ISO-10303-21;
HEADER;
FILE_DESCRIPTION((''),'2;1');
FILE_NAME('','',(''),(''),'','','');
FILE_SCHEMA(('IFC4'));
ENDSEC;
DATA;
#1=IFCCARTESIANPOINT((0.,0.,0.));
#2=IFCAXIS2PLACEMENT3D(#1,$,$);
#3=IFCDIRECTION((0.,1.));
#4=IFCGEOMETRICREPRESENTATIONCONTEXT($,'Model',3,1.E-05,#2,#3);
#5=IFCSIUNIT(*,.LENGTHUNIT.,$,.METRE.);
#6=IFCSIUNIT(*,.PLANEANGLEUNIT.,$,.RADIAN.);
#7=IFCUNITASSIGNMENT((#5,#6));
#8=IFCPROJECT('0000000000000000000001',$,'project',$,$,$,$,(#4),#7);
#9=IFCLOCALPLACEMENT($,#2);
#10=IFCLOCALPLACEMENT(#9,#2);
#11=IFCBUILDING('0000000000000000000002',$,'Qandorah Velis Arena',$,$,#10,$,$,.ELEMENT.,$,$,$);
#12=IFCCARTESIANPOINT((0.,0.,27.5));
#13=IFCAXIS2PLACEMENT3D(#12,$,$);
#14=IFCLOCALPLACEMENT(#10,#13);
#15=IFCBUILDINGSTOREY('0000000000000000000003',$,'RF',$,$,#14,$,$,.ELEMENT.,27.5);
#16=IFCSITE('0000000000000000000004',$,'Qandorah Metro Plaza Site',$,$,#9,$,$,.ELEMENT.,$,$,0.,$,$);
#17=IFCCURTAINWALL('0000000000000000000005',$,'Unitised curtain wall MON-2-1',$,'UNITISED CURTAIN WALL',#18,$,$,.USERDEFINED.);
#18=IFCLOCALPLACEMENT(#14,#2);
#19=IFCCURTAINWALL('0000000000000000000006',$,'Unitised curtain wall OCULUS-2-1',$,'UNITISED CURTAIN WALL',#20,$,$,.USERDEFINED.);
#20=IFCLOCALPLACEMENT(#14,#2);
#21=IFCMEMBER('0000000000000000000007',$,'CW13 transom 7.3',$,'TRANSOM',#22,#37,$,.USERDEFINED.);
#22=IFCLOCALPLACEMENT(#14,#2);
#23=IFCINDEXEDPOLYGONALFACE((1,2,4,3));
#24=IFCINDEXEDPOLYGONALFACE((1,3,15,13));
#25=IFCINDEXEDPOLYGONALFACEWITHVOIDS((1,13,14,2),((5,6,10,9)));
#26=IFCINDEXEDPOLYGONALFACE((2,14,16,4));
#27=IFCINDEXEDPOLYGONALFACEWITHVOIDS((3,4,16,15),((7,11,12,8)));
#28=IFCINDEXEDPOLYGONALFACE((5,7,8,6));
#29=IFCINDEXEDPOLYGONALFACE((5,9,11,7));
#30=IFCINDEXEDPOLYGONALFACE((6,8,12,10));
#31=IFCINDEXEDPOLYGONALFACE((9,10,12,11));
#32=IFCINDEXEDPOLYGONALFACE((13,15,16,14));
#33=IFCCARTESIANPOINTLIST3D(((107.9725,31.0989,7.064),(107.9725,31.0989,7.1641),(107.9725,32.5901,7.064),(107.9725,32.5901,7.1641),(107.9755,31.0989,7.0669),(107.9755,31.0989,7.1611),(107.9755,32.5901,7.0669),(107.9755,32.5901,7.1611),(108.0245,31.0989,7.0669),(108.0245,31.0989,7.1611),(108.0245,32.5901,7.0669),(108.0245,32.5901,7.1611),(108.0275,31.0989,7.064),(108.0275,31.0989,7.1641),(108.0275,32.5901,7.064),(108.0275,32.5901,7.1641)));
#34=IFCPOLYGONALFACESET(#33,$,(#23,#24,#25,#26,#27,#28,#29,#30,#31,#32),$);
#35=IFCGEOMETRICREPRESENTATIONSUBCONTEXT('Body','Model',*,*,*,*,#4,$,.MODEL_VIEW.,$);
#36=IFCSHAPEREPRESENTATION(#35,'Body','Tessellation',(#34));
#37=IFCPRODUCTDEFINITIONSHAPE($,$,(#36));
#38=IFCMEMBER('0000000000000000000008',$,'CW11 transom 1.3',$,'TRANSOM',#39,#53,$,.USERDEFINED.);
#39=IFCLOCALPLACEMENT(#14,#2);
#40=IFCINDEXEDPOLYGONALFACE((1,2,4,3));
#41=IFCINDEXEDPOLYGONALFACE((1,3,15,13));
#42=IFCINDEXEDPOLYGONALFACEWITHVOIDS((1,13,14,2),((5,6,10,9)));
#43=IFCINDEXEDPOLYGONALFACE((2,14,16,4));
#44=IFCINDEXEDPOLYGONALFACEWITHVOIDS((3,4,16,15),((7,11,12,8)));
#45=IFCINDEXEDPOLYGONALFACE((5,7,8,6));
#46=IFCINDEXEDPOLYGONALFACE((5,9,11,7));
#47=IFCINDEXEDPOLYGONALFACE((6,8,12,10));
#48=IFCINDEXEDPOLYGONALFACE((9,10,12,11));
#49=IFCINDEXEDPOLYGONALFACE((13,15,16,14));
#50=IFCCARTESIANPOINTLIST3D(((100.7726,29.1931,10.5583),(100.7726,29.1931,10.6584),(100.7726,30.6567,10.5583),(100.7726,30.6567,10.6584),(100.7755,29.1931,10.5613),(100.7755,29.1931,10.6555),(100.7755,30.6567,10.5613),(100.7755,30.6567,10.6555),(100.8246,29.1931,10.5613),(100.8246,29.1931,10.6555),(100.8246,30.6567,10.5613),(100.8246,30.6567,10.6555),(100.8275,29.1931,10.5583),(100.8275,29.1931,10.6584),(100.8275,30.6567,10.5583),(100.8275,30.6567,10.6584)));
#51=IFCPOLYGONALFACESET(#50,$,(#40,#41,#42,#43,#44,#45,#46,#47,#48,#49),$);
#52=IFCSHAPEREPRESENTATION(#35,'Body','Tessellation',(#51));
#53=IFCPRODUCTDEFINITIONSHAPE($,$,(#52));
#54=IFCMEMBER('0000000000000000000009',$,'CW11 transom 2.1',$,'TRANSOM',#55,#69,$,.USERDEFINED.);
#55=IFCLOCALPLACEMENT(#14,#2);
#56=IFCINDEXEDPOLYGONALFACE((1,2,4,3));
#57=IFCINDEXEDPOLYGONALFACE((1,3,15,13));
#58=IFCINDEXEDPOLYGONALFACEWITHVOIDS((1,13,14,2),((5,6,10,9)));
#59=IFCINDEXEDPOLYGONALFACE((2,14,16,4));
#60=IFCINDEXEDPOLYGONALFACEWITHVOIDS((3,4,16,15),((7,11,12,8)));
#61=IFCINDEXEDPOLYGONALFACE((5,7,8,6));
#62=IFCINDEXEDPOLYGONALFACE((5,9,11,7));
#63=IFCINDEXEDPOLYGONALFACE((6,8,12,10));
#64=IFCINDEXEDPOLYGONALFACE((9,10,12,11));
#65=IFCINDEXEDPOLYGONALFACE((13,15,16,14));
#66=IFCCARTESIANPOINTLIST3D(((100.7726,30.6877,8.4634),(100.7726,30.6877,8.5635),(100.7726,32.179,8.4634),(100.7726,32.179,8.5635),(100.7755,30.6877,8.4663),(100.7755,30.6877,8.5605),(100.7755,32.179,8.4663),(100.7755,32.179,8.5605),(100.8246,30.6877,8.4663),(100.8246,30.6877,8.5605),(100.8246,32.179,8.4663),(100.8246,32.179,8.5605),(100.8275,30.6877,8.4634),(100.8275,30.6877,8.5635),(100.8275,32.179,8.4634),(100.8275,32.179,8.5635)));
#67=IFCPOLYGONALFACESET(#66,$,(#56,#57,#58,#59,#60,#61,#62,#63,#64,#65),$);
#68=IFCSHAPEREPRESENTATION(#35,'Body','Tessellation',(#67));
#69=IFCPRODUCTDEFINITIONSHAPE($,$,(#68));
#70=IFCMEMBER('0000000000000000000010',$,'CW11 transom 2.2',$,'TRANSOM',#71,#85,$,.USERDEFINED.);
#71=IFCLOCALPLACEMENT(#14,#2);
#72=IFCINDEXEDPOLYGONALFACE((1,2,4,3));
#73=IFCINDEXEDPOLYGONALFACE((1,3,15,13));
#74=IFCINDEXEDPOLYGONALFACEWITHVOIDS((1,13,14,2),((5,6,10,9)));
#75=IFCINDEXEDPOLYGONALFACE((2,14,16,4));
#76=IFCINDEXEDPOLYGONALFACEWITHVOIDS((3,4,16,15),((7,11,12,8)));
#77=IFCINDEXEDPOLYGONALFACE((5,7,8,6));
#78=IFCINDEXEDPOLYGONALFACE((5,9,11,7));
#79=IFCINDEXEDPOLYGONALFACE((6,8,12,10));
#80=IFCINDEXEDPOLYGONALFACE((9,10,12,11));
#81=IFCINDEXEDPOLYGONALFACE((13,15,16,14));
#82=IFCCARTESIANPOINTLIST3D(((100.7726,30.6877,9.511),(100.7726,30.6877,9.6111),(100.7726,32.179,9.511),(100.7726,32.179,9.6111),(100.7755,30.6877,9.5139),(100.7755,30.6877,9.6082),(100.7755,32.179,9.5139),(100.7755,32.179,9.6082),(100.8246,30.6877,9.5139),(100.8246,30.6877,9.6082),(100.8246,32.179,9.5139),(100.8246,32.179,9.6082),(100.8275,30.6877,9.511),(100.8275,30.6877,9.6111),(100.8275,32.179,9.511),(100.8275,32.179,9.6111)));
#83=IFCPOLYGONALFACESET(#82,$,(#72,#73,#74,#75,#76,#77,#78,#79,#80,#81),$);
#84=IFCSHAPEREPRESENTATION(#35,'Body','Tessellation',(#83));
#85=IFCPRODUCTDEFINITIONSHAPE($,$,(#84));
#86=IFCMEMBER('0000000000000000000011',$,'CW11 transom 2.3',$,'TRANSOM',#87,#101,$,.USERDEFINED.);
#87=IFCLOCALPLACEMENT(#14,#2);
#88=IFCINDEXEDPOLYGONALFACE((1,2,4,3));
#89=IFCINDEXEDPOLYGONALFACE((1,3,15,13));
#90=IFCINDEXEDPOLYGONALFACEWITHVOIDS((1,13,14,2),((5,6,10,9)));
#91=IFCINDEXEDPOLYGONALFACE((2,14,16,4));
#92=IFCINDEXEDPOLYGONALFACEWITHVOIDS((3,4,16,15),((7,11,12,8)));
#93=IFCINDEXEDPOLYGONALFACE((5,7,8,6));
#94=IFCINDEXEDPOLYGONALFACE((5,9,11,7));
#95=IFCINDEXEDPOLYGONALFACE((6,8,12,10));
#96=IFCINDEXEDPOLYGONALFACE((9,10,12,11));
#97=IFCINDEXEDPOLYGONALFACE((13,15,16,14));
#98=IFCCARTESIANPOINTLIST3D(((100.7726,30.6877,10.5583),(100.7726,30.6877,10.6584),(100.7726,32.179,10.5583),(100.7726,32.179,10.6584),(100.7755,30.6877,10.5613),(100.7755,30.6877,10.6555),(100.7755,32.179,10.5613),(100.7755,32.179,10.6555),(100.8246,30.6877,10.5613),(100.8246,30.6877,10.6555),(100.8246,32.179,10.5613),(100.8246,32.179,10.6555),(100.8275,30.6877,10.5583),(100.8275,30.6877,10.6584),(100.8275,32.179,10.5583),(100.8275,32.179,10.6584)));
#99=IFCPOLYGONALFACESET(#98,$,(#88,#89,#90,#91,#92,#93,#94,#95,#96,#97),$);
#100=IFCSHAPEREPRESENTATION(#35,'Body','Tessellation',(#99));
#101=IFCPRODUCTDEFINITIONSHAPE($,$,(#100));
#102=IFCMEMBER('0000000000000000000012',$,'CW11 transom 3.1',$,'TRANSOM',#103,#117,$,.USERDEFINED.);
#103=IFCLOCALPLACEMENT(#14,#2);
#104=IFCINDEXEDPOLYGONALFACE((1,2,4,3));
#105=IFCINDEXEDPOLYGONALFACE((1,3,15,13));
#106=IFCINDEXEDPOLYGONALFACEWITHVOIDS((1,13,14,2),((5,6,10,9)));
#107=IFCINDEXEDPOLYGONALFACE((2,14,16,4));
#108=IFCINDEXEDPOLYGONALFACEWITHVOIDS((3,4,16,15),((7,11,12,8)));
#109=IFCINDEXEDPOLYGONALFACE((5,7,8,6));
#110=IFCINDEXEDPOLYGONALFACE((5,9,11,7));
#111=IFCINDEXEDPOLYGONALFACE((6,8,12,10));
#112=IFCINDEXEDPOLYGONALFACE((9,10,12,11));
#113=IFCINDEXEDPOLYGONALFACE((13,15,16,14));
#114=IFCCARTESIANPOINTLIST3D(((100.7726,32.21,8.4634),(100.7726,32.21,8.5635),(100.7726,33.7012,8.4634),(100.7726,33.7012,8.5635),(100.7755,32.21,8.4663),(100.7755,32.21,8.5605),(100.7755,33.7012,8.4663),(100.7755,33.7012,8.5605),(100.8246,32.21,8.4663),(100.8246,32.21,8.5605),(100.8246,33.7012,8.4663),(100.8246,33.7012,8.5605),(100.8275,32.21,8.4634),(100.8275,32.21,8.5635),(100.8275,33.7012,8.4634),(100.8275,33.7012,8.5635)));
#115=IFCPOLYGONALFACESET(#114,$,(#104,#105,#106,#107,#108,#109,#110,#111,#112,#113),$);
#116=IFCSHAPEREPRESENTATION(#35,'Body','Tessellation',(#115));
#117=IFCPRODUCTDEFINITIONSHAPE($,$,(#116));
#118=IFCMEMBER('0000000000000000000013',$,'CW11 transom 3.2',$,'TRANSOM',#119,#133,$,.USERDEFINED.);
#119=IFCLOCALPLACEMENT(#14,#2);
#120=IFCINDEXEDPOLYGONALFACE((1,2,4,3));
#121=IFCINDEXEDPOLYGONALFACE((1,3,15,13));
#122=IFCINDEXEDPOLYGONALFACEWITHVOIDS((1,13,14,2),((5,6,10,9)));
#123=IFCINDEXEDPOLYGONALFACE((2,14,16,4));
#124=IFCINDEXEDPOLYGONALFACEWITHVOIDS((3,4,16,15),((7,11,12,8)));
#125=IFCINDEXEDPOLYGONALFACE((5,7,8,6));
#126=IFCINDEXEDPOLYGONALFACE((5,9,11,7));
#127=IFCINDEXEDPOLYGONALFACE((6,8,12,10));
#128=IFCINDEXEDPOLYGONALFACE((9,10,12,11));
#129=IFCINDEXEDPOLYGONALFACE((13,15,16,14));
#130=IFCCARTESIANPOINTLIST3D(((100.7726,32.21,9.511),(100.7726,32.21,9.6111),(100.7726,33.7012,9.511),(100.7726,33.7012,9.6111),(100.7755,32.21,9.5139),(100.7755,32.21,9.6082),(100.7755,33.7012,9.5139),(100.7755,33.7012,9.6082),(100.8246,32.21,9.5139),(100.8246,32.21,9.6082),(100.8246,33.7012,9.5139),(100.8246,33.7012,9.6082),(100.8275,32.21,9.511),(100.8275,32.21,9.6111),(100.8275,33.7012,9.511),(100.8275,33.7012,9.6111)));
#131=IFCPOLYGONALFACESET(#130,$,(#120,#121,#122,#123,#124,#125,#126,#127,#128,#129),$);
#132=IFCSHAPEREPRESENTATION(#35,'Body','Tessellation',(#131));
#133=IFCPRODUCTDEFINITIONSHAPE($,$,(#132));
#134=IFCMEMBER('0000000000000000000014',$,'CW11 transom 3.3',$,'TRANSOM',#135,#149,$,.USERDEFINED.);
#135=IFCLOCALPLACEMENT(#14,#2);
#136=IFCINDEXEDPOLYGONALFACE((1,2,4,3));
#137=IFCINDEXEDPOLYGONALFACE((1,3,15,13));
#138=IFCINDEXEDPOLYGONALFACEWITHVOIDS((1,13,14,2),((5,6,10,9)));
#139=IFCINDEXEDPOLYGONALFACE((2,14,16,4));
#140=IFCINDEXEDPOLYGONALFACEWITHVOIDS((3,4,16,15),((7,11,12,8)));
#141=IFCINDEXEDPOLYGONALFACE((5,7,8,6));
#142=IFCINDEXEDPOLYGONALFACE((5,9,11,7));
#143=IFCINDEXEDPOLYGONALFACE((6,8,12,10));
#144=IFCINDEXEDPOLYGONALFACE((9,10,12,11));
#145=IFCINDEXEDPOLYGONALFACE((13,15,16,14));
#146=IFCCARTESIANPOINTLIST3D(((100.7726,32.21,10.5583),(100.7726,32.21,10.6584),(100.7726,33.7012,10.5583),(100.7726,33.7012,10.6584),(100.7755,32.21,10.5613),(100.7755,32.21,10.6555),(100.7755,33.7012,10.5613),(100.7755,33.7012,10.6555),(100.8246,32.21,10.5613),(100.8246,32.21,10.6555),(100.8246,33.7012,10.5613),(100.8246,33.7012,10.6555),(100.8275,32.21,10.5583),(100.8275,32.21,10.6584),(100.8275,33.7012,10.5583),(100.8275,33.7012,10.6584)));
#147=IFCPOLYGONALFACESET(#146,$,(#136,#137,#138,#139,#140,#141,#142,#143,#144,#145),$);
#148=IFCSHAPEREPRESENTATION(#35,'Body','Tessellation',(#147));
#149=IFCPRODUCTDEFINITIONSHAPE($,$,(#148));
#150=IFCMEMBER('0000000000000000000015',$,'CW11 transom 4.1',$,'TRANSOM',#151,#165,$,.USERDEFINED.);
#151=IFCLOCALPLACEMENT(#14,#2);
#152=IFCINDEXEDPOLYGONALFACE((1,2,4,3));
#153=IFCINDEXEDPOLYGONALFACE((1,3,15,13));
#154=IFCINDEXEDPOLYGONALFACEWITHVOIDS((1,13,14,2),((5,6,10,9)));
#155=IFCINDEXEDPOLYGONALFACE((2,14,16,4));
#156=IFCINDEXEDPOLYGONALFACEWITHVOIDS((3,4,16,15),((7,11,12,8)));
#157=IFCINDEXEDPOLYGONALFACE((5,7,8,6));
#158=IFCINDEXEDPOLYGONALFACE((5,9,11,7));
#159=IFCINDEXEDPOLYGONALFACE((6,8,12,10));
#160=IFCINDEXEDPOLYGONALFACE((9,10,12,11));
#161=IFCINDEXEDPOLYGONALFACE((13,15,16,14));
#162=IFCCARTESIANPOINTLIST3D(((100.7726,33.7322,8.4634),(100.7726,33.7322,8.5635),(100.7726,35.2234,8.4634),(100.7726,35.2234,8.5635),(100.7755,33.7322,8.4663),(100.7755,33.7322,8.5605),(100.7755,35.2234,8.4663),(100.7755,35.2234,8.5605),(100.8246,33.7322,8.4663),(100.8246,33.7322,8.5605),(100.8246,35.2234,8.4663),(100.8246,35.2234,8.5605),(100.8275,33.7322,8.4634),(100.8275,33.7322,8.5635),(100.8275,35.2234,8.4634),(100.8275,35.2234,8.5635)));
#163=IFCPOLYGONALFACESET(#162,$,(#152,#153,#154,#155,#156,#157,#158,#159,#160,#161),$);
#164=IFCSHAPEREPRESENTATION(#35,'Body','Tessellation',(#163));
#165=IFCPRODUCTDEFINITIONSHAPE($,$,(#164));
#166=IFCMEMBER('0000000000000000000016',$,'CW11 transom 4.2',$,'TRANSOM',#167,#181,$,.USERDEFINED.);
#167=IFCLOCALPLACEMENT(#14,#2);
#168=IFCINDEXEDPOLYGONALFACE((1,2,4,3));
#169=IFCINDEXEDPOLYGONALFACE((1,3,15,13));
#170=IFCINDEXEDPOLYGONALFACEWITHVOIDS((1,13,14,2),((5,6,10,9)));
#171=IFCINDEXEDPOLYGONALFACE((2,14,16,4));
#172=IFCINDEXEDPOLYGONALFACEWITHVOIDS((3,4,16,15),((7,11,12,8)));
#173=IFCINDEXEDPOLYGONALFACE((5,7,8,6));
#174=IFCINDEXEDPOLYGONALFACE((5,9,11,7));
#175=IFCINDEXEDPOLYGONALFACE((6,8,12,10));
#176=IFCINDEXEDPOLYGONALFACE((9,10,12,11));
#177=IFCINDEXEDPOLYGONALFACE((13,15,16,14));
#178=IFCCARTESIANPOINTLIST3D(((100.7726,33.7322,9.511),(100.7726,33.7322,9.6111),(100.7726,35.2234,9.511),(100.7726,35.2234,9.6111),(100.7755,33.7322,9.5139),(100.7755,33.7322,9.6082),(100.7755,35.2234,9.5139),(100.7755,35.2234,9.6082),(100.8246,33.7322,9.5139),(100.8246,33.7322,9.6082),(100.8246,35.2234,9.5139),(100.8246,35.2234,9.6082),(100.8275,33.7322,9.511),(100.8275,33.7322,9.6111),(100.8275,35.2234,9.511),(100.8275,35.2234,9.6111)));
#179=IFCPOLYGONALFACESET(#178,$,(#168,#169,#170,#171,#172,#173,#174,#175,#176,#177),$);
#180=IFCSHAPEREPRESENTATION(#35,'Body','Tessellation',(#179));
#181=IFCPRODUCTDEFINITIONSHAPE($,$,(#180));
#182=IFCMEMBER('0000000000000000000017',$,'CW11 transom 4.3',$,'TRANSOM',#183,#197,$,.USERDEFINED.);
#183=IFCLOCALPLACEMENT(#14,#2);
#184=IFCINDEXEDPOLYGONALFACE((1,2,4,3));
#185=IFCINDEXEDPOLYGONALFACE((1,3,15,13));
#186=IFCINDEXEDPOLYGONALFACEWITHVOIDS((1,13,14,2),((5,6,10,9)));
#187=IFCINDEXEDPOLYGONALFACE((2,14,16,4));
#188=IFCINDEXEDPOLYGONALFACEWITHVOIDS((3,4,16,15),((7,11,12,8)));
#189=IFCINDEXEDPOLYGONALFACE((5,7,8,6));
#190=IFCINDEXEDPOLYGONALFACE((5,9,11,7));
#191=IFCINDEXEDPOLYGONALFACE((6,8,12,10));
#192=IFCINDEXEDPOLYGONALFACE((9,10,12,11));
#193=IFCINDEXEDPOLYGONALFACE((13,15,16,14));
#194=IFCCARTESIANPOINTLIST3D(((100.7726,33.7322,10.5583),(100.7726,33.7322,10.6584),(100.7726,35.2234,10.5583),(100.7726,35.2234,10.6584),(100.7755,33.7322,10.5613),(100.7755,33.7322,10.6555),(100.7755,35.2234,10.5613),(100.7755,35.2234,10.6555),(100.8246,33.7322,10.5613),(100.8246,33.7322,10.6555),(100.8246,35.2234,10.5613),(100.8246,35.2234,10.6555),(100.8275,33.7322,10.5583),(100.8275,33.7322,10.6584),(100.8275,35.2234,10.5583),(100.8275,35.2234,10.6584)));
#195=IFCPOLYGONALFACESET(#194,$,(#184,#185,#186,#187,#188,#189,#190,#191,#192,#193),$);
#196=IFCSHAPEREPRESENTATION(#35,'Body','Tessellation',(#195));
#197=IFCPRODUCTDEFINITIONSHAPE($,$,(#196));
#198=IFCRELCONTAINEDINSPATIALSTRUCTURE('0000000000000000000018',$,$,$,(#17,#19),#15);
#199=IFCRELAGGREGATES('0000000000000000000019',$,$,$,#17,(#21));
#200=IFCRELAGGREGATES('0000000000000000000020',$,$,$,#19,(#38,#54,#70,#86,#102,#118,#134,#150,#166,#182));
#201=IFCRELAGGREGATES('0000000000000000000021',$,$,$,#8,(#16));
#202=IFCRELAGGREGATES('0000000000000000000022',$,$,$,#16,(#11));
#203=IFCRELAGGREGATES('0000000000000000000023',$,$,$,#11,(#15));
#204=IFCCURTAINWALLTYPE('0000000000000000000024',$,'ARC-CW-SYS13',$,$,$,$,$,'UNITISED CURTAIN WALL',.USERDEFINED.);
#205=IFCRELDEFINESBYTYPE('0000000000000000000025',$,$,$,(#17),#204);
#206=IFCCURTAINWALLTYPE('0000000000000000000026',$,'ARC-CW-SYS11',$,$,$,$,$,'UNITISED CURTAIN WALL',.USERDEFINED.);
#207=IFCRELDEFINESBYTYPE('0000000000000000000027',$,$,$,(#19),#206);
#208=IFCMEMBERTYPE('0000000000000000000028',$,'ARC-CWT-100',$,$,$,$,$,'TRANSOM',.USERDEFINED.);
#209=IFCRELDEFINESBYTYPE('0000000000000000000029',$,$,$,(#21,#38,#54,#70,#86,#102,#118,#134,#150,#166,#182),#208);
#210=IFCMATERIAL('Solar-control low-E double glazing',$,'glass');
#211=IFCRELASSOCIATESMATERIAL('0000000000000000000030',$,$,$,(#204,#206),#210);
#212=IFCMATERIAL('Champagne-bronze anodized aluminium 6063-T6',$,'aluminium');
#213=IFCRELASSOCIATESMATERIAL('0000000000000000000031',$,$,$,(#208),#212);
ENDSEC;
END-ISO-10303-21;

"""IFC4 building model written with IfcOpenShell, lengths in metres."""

from ifc_helpers import new_model, si_unit, direction, frame, origin, origin_2d, place, context, subcontext, project, spatial, hollow_rectangle, extrude, material, material_profile, profile_set, type_object, element, aggregate, save


model = new_model("IFC4")

# Units and contexts
model_context = context("Model", 3, precision=1e-05, world=origin(), true_north=direction((0.0, 1.0)))
body_context = subcontext(model_context, "Body", "Model", "MODEL_VIEW")
ifc_project = project(units=[si_unit("LENGTHUNIT", "METRE"), si_unit("PLANEANGLEUNIT", "RADIAN")], contexts=[model_context])

# Site, building, storey
site_placement = place(None, origin())
site = spatial("IfcSite", under=ifc_project, at=site_placement, Name="Qandorah Metro Plaza Site", CompositionType="ELEMENT", RefElevation=0.0)
building_placement = place(site_placement, origin())
building = spatial("IfcBuilding", under=site, at=building_placement, Name="Qandorah Velis Arena", CompositionType="ELEMENT")
storey_placement = place(building_placement, frame((0.0, 0.0, 27.5)))
storey = spatial("IfcBuildingStorey", under=building, at=storey_placement, Name="RF", CompositionType="ELEMENT", Elevation=27.5)

# Curtain walls
ifc_material_1 = material(Name="Solar-control low-E double glazing", Category="glass")
curtain_wall_type_1 = type_object("IfcCurtainWallType", Name="ARC-CW-SYS13", ElementType="UNITISED CURTAIN WALL", PredefinedType="USERDEFINED", material=ifc_material_1)
curtain_wall_1_placement = place(storey_placement, origin())
curtain_wall_1 = element("IfcCurtainWall", 1, at=curtain_wall_1_placement, inside=storey, type_object=curtain_wall_type_1, Name="Unitised curtain wall MON-2-1", ObjectType="UNITISED CURTAIN WALL", PredefinedType="USERDEFINED")
ifc_material_2 = material(Name="Champagne-bronze anodized aluminium 6063-T6", Category="aluminium")
curtain_wall_type_2 = type_object("IfcCurtainWallType", Name="ARC-CW-SYS11", ElementType="UNITISED CURTAIN WALL", PredefinedType="USERDEFINED", material=ifc_material_1)
curtain_wall_2_placement = place(storey_placement, origin())
curtain_wall_2 = element("IfcCurtainWall", 2, at=curtain_wall_2_placement, inside=storey, type_object=curtain_wall_type_2, Name="Unitised curtain wall OCULUS-2-1", ObjectType="UNITISED CURTAIN WALL", PredefinedType="USERDEFINED")

# Members
ifc_material_profile_1 = material_profile(ifc_material_2, hollow_rectangle(XDim=0.0549, YDim=0.1001, WallThickness=0.0029, at=origin_2d()), Name="ALU TRANSOM 55x100")
ifc_profile_set_1 = profile_set([ifc_material_profile_1], Name="Champagne-bronze anodized aluminium 6063-T6")
member_type_1 = type_object("IfcMemberType", Name="ARC-CWT-100", ElementType="TRANSOM", PredefinedType="USERDEFINED", material=ifc_profile_set_1)
member_1_placement = place(storey_placement, frame((108.0, 31.0989, 7.114), z_axis=(0.0, 1.0, 0.0), x_axis=(-1.0, 0.0, 0.0)))
member_1 = element("IfcMember", 3, at=member_1_placement, type_object=member_type_1, Name="CW13 transom 7.3", ObjectType="TRANSOM", PredefinedType="USERDEFINED", context=body_context, shape_type="SweptSolid", body=[
    extrude(hollow_rectangle(XDim=0.0549, YDim=0.1001, WallThickness=0.0029, at=origin_2d()), origin(), (0.0, 0.0, 1.0), 1.4912),
])
member_2_placement = place(storey_placement, frame((100.8, 29.1931, 10.6084), z_axis=(0.0, 1.0, 0.0), x_axis=(-1.0, 0.0, 0.0)))
member_2 = element("IfcMember", 4, at=member_2_placement, type_object=member_type_1, Name="CW11 transom 1.3", ObjectType="TRANSOM", PredefinedType="USERDEFINED", context=body_context, shape_type="SweptSolid", body=[
    extrude(hollow_rectangle(XDim=0.0549, YDim=0.1001, WallThickness=0.0029, at=origin_2d()), origin(), (0.0, 0.0, 1.0), 1.4636),
])
member_3_placement = place(storey_placement, frame((100.8, 30.6877, 8.5134), z_axis=(0.0, 1.0, 0.0), x_axis=(-1.0, 0.0, 0.0)))
member_3 = element("IfcMember", 5, at=member_3_placement, type_object=member_type_1, Name="CW11 transom 2.1", ObjectType="TRANSOM", PredefinedType="USERDEFINED", context=body_context, shape_type="SweptSolid", body=[
    extrude(hollow_rectangle(XDim=0.0549, YDim=0.1001, WallThickness=0.0029, at=origin_2d()), origin(), (0.0, 0.0, 1.0), 1.4912),
])
member_4_placement = place(storey_placement, frame((100.8, 30.6877, 9.561), z_axis=(0.0, 1.0, 0.0), x_axis=(-1.0, 0.0, 0.0)))
member_4 = element("IfcMember", 6, at=member_4_placement, type_object=member_type_1, Name="CW11 transom 2.2", ObjectType="TRANSOM", PredefinedType="USERDEFINED", context=body_context, shape_type="SweptSolid", body=[
    extrude(hollow_rectangle(XDim=0.0549, YDim=0.1001, WallThickness=0.0029, at=origin_2d()), origin(), (0.0, 0.0, 1.0), 1.4912),
])
member_5_placement = place(storey_placement, frame((100.8, 30.6877, 10.6084), z_axis=(0.0, 1.0, 0.0), x_axis=(-1.0, 0.0, 0.0)))
member_5 = element("IfcMember", 7, at=member_5_placement, type_object=member_type_1, Name="CW11 transom 2.3", ObjectType="TRANSOM", PredefinedType="USERDEFINED", context=body_context, shape_type="SweptSolid", body=[
    extrude(hollow_rectangle(XDim=0.0549, YDim=0.1001, WallThickness=0.0029, at=origin_2d()), origin(), (0.0, 0.0, 1.0), 1.4912),
])
member_6_placement = place(storey_placement, frame((100.8, 32.21, 8.5134), z_axis=(0.0, 1.0, 0.0), x_axis=(-1.0, 0.0, 0.0)))
member_6 = element("IfcMember", 8, at=member_6_placement, type_object=member_type_1, Name="CW11 transom 3.1", ObjectType="TRANSOM", PredefinedType="USERDEFINED", context=body_context, shape_type="SweptSolid", body=[
    extrude(hollow_rectangle(XDim=0.0549, YDim=0.1001, WallThickness=0.0029, at=origin_2d()), origin(), (0.0, 0.0, 1.0), 1.4912),
])
member_7_placement = place(storey_placement, frame((100.8, 32.21, 9.561), z_axis=(0.0, 1.0, 0.0), x_axis=(-1.0, 0.0, 0.0)))
member_7 = element("IfcMember", 9, at=member_7_placement, type_object=member_type_1, Name="CW11 transom 3.2", ObjectType="TRANSOM", PredefinedType="USERDEFINED", context=body_context, shape_type="SweptSolid", body=[
    extrude(hollow_rectangle(XDim=0.0549, YDim=0.1001, WallThickness=0.0029, at=origin_2d()), origin(), (0.0, 0.0, 1.0), 1.4912),
])
member_8_placement = place(storey_placement, frame((100.8, 32.21, 10.6084), z_axis=(0.0, 1.0, 0.0), x_axis=(-1.0, 0.0, 0.0)))
member_8 = element("IfcMember", 10, at=member_8_placement, type_object=member_type_1, Name="CW11 transom 3.3", ObjectType="TRANSOM", PredefinedType="USERDEFINED", context=body_context, shape_type="SweptSolid", body=[
    extrude(hollow_rectangle(XDim=0.0549, YDim=0.1001, WallThickness=0.0029, at=origin_2d()), origin(), (0.0, 0.0, 1.0), 1.4912),
])
member_9_placement = place(storey_placement, frame((100.8, 33.7322, 8.5134), z_axis=(0.0, 1.0, 0.0), x_axis=(-1.0, 0.0, 0.0)))
member_9 = element("IfcMember", 11, at=member_9_placement, type_object=member_type_1, Name="CW11 transom 4.1", ObjectType="TRANSOM", PredefinedType="USERDEFINED", context=body_context, shape_type="SweptSolid", body=[
    extrude(hollow_rectangle(XDim=0.0549, YDim=0.1001, WallThickness=0.0029, at=origin_2d()), origin(), (0.0, 0.0, 1.0), 1.4912),
])
member_10_placement = place(storey_placement, frame((100.8, 33.7322, 9.561), z_axis=(0.0, 1.0, 0.0), x_axis=(-1.0, 0.0, 0.0)))
member_10 = element("IfcMember", 12, at=member_10_placement, type_object=member_type_1, Name="CW11 transom 4.2", ObjectType="TRANSOM", PredefinedType="USERDEFINED", context=body_context, shape_type="SweptSolid", body=[
    extrude(hollow_rectangle(XDim=0.0549, YDim=0.1001, WallThickness=0.0029, at=origin_2d()), origin(), (0.0, 0.0, 1.0), 1.4912),
])
member_11_placement = place(storey_placement, frame((100.8, 33.7322, 10.6084), z_axis=(0.0, 1.0, 0.0), x_axis=(-1.0, 0.0, 0.0)))
member_11 = element("IfcMember", 13, at=member_11_placement, type_object=member_type_1, Name="CW11 transom 4.3", ObjectType="TRANSOM", PredefinedType="USERDEFINED", context=body_context, shape_type="SweptSolid", body=[
    extrude(hollow_rectangle(XDim=0.0549, YDim=0.1001, WallThickness=0.0029, at=origin_2d()), origin(), (0.0, 0.0, 1.0), 1.4912),
])

aggregate(curtain_wall_1, [member_1])
aggregate(curtain_wall_2, [member_2, member_3, member_4, member_5, member_6, member_7, member_8, member_9, member_10, member_11])

save(model, "model.ifc")
